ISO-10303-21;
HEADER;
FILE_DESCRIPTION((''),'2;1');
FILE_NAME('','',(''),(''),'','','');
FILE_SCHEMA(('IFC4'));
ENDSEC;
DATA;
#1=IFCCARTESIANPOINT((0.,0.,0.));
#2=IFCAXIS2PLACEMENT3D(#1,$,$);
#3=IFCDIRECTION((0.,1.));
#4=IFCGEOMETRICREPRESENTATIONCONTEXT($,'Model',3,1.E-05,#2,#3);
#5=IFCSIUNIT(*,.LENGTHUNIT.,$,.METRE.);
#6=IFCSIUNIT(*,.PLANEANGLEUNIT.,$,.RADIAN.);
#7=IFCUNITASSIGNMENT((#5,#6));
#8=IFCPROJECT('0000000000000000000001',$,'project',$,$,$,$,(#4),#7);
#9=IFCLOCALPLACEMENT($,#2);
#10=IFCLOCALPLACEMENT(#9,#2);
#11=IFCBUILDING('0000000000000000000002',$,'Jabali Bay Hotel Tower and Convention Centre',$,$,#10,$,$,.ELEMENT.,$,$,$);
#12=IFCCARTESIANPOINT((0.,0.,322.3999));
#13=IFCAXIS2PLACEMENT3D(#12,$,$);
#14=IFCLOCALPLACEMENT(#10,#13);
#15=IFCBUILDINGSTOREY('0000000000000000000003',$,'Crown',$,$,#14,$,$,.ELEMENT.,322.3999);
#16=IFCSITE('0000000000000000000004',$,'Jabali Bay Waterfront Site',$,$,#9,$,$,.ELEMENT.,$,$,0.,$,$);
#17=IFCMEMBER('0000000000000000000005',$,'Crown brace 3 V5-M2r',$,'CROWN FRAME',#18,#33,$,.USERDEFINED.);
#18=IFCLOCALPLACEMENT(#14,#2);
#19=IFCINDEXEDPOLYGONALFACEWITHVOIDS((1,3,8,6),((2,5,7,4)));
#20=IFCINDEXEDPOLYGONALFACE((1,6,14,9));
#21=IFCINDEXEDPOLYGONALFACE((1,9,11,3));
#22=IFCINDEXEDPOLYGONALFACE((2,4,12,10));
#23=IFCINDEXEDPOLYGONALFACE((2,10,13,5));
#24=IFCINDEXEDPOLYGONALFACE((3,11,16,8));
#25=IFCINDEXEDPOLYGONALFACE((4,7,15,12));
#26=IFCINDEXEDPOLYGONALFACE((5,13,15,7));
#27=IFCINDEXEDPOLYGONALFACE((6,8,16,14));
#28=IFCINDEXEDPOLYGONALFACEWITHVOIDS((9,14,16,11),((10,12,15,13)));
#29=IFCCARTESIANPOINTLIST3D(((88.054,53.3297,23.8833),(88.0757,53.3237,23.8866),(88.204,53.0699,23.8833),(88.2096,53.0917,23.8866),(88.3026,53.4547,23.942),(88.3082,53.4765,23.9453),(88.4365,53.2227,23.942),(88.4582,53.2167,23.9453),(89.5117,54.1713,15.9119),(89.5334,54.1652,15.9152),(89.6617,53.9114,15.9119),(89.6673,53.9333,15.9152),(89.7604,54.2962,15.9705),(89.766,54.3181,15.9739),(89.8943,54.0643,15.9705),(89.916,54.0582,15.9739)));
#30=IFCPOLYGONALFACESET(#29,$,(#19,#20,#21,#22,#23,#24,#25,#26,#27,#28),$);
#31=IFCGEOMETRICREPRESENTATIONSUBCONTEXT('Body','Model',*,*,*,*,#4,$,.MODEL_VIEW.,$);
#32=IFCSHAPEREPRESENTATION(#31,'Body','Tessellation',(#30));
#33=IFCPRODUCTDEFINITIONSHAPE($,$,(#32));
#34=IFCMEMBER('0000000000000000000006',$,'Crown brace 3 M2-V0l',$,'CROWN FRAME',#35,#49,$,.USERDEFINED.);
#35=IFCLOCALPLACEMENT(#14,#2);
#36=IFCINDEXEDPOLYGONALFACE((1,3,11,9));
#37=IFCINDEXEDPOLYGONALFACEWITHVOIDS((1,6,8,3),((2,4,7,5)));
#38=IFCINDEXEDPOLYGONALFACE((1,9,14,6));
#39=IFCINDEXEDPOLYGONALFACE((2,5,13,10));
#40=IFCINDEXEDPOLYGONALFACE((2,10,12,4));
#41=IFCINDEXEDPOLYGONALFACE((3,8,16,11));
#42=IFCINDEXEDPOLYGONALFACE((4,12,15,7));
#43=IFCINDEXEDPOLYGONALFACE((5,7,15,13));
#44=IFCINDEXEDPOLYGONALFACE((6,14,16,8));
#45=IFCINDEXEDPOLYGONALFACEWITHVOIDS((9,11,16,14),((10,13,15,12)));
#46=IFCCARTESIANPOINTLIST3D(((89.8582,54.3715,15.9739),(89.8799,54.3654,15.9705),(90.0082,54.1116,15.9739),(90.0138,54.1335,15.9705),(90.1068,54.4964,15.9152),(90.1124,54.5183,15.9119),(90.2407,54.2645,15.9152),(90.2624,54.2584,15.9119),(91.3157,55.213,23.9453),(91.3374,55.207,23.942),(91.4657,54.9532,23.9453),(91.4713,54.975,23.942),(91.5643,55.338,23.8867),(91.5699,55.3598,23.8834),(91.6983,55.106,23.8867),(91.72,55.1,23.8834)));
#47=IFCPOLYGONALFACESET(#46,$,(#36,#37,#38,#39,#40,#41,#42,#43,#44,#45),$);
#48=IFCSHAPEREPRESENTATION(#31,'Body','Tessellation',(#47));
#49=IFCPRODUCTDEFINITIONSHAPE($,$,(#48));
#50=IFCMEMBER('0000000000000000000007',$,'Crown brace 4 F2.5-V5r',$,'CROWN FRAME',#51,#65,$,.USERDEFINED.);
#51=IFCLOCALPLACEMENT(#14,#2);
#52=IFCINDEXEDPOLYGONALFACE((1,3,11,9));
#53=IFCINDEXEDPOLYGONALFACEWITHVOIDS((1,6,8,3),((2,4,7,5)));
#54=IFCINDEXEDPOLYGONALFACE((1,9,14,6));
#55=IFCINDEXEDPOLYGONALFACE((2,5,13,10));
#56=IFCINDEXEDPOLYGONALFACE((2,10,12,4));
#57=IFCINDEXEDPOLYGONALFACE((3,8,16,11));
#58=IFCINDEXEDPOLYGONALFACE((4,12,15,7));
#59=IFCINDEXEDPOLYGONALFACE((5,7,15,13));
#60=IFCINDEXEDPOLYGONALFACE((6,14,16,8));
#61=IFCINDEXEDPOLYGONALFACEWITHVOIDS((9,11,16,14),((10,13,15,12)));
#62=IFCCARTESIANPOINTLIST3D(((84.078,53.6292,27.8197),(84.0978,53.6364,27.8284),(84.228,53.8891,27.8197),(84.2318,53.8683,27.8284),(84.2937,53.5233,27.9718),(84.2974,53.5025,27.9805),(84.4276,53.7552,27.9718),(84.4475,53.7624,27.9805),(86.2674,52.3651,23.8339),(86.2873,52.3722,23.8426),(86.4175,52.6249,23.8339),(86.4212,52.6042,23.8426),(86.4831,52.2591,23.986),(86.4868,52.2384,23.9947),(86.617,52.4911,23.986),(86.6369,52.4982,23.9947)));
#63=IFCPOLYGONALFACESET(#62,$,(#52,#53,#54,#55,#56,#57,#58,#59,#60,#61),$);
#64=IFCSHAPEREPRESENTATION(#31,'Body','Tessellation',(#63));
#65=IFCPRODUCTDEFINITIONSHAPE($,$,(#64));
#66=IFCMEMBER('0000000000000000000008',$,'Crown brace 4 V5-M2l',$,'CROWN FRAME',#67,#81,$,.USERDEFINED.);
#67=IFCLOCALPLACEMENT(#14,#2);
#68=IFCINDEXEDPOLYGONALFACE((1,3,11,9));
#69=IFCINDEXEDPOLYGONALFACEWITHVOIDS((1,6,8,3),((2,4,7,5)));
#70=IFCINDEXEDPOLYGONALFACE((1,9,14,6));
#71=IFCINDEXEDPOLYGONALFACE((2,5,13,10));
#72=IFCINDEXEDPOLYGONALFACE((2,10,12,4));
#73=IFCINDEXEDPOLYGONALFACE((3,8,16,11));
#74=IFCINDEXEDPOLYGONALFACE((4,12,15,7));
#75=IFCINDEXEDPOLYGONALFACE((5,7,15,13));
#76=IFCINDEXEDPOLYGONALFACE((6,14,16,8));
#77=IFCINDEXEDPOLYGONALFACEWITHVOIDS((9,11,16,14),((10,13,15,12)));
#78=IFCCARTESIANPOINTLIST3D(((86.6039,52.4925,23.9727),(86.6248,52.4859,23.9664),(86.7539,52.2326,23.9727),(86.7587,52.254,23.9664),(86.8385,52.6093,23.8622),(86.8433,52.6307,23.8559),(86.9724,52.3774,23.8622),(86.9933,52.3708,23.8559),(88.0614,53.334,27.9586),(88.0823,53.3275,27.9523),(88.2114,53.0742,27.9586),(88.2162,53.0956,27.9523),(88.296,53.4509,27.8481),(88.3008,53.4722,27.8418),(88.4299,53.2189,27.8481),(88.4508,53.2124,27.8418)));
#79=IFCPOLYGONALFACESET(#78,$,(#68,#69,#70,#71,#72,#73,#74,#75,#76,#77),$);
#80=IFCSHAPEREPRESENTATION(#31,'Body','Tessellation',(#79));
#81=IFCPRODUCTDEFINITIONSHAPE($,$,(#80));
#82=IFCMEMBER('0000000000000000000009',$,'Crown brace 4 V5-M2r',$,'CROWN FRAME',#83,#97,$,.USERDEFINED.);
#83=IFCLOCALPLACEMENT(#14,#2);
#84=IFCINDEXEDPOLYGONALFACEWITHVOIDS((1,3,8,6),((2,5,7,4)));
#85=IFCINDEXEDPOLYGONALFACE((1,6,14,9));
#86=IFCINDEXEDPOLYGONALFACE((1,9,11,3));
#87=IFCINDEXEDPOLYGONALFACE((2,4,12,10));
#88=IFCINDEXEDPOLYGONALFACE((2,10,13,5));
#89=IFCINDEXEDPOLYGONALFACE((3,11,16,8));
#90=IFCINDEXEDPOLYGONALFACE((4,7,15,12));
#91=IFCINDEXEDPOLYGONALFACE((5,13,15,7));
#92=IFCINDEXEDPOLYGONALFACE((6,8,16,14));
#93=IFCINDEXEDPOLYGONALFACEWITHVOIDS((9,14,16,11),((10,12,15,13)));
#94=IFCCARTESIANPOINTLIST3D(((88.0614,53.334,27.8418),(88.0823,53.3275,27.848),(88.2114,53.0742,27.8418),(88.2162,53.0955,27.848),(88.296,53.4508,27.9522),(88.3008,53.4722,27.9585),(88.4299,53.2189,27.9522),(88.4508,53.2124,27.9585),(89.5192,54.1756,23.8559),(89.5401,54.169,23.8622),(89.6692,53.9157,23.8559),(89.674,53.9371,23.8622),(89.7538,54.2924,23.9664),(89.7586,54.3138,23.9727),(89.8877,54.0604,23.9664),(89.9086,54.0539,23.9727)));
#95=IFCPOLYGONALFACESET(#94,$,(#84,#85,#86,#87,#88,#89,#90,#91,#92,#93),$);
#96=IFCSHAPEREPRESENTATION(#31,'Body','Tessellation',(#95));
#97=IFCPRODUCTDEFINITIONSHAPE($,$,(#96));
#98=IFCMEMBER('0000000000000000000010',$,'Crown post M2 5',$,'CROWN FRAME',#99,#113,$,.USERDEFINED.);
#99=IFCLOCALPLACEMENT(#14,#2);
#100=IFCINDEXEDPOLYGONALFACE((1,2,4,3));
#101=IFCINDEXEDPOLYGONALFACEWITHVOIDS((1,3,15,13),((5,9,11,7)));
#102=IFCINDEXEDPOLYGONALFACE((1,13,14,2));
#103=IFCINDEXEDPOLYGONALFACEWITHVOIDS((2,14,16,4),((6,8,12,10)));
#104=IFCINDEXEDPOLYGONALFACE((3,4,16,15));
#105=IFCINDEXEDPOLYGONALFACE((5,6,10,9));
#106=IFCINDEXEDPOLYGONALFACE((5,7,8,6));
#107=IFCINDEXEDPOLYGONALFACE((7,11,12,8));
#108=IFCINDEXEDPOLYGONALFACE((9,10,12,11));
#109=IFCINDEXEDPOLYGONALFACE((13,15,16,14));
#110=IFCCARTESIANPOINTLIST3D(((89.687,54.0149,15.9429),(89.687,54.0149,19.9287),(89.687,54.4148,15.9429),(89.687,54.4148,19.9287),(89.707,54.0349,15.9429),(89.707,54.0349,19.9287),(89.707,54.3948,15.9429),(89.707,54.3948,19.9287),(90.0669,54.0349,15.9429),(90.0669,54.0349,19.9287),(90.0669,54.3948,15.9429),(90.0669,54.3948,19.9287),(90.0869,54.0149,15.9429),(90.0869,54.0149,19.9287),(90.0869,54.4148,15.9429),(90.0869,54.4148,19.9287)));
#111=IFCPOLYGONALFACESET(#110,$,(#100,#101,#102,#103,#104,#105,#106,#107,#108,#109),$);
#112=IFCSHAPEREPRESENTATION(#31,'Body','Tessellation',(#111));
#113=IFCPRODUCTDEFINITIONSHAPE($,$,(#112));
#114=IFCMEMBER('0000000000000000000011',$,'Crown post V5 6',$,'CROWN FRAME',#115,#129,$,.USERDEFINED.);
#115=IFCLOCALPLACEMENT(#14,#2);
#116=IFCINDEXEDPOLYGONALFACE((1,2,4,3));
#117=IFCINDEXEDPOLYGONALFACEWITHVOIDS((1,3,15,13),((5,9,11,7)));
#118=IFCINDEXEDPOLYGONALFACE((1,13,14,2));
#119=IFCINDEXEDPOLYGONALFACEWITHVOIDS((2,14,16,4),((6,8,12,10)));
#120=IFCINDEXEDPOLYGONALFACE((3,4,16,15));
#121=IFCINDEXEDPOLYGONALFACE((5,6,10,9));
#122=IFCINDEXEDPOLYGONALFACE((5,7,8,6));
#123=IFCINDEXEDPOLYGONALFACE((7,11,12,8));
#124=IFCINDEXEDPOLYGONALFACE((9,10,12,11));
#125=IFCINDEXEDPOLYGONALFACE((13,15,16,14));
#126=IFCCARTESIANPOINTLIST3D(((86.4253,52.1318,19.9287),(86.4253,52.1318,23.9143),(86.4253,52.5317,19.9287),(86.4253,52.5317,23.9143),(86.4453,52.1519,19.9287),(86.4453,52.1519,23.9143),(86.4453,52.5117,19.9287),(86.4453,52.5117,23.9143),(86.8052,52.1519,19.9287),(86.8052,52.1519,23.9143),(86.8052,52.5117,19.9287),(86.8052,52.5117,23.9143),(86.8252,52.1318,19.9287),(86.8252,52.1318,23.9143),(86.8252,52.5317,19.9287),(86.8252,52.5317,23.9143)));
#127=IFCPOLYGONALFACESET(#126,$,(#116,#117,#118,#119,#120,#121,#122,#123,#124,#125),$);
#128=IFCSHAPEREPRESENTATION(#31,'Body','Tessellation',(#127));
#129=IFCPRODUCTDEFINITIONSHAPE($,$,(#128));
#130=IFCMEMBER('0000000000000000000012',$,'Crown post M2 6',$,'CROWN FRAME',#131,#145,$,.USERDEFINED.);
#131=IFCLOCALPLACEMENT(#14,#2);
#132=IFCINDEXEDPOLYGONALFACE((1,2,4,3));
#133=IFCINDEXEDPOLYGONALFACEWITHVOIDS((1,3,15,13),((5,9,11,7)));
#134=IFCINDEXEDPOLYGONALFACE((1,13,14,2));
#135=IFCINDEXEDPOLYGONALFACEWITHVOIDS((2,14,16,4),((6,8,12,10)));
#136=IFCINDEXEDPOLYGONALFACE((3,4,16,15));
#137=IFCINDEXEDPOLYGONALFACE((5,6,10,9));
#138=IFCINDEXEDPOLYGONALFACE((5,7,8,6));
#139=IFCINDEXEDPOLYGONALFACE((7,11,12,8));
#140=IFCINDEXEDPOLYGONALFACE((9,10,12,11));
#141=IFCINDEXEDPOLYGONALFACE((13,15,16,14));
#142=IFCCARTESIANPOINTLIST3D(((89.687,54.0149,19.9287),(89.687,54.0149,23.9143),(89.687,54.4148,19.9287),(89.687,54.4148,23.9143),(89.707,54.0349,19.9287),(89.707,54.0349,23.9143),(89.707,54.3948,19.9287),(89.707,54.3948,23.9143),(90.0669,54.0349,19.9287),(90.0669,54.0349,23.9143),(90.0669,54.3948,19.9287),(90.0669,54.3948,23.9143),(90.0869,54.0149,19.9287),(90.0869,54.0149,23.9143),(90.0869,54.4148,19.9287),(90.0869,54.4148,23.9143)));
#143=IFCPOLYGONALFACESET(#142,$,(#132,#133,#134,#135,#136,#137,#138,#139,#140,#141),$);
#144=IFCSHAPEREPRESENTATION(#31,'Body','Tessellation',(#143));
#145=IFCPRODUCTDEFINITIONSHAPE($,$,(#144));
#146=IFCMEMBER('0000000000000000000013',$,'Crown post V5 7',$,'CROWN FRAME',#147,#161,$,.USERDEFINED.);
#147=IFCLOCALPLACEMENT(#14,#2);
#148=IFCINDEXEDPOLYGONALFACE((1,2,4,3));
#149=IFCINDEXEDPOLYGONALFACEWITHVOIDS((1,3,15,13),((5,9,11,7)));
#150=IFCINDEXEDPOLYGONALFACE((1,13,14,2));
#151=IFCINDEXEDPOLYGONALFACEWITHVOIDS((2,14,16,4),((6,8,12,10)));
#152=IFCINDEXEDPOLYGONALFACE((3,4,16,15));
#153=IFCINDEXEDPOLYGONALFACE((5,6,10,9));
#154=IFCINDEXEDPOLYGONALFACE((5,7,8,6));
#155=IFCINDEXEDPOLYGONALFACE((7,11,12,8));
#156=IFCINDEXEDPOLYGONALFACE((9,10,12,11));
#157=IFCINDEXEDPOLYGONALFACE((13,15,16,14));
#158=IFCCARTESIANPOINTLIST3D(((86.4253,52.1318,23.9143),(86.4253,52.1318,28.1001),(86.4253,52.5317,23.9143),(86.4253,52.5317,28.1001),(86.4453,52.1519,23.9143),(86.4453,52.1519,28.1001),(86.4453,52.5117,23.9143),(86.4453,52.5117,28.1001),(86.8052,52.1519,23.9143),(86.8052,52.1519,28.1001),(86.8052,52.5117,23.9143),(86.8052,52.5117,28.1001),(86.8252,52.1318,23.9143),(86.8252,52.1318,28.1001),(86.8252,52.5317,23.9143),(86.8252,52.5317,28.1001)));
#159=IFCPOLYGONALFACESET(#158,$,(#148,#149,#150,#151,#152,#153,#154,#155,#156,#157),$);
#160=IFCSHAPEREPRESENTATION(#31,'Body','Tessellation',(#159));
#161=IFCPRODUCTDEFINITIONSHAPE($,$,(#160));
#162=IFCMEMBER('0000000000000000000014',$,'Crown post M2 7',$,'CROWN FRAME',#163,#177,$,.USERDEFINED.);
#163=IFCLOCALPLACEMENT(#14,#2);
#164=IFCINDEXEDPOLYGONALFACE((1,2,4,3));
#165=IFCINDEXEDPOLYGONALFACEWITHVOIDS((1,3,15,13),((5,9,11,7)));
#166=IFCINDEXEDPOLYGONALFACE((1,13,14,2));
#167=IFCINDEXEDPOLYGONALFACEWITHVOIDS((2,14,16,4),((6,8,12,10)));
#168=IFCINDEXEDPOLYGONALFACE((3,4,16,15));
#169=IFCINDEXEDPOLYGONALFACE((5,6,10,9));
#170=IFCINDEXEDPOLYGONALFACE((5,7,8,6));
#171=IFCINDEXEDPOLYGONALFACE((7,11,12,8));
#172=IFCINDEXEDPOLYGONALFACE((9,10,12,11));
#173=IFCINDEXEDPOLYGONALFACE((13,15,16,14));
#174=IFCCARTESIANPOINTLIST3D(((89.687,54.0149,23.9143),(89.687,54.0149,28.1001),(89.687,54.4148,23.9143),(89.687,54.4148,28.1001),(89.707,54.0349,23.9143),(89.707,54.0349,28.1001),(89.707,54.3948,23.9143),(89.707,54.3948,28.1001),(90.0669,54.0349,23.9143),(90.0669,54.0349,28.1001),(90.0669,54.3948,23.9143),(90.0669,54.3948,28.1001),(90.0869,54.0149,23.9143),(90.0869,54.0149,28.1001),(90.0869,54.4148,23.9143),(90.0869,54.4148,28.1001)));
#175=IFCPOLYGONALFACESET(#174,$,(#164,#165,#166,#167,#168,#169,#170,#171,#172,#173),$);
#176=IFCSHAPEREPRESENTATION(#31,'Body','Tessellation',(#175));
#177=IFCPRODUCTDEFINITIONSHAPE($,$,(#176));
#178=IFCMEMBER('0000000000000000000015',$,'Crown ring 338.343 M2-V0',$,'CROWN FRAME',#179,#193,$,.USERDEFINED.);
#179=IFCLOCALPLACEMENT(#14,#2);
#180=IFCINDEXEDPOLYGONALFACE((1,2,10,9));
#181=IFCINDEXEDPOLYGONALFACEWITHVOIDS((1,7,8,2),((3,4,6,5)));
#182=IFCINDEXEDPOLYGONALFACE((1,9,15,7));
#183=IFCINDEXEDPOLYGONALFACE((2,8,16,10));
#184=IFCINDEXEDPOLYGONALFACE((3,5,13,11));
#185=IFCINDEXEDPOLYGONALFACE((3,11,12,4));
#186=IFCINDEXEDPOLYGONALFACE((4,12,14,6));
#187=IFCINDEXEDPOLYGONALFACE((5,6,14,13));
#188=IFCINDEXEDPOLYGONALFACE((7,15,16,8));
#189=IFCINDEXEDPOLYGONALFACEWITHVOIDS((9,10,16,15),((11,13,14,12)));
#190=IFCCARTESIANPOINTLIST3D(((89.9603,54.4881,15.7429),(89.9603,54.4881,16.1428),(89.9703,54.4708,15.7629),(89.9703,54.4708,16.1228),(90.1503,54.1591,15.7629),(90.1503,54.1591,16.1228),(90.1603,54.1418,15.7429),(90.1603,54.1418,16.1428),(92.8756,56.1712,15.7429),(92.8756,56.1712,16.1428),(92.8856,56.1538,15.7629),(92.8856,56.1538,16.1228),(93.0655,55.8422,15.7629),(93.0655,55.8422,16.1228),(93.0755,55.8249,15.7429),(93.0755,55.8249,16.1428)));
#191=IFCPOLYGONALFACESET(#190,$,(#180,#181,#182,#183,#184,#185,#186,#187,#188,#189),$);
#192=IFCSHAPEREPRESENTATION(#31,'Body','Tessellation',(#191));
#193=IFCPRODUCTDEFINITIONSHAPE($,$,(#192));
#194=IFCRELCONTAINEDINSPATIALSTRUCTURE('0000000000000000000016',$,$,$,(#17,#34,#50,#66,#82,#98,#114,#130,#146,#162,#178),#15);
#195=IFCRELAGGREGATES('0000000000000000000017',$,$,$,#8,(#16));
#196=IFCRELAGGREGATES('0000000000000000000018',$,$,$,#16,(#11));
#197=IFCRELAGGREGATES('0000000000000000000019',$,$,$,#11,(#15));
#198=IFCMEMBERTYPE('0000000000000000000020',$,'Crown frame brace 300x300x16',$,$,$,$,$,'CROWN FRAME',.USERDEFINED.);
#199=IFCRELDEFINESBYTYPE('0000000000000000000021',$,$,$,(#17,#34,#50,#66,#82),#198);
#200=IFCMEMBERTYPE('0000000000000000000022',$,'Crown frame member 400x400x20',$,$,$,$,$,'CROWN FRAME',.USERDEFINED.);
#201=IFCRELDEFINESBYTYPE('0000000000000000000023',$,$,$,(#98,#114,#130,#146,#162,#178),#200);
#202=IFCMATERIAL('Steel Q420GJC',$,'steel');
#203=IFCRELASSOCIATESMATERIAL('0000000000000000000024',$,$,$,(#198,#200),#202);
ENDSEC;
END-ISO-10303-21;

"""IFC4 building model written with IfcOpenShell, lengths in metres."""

from ifc_helpers import new_model, si_unit, direction, frame, origin, origin_2d, place, context, subcontext, project, spatial, hollow_rectangle, extrude, material, material_profile, profile_set, type_object, element, save


model = new_model("IFC4")

# Units and contexts
model_context = context("Model", 3, precision=1e-05, world=origin(), true_north=direction((0.0, 1.0)))
body_context = subcontext(model_context, "Body", "Model", "MODEL_VIEW")
ifc_project = project(units=[si_unit("LENGTHUNIT", "METRE"), si_unit("PLANEANGLEUNIT", "RADIAN")], contexts=[model_context])

# Site, building, storey
site_placement = place(None, origin())
site = spatial("IfcSite", under=ifc_project, at=site_placement, Name="Jabali Bay Waterfront Site", CompositionType="ELEMENT", RefElevation=0.0)
building_placement = place(site_placement, origin())
building = spatial("IfcBuilding", under=site, at=building_placement, Name="Jabali Bay Hotel Tower and Convention Centre", CompositionType="ELEMENT")
storey_placement = place(building_placement, frame((0.0, 0.0, 322.3999)))
storey = spatial("IfcBuildingStorey", under=building, at=storey_placement, Name="Crown", CompositionType="ELEMENT", Elevation=322.3999)

# Members
ifc_material_1 = material(Name="Steel Q420GJC", Category="steel")
ifc_material_profile_1 = material_profile(ifc_material_1, hollow_rectangle(XDim=0.3, YDim=0.3, WallThickness=0.0161, at=origin_2d()), Name="Crown frame brace 300x300x16")
ifc_profile_set_1 = profile_set([ifc_material_profile_1], Name="Steel Q420GJC")
member_type_1 = type_object("IfcMemberType", Name="Crown frame brace 300x300x16", ElementType="CROWN FRAME", PredefinedType="USERDEFINED", material=ifc_profile_set_1)
for number, where, z_axis, x_axis, name in (
    (1, (89.7139, 54.1147, 15.9429), (-0.178928, -0.103293, 0.978425), (0.499961, -0.866048, 0.0), "Crown brace 3 V5-M2r"),
    (2, (90.0603, 54.3149, 15.9429), (0.178899, 0.103294, 0.97843), (-0.500024, 0.866012, 0.0), "Crown brace 3 M2-V0l"),
):
    element("IfcMember", number, at=place(storey_placement, frame(where, z_axis=z_axis, x_axis=x_axis)), inside=storey, type_object=member_type_1, Name=name, ObjectType="CROWN FRAME", PredefinedType="USERDEFINED", context=body_context, shape_type="SweptSolid", body=[
        extrude(hollow_rectangle(XDim=0.3, YDim=0.3, WallThickness=0.0161, at=origin_2d()), origin(), (0.0, 0.0, 1.0), 8.1472),
    ])
member_1_placement = place(storey_placement, frame((86.4521, 52.4316, 23.9143), z_axis=(-0.463864, 0.267829, 0.844451), x_axis=(-0.500023, -0.866012, 0.0)))
element("IfcMember", 3, at=member_1_placement, inside=storey, type_object=member_type_1, Name="Crown brace 4 F2.5-V5r", ObjectType="CROWN FRAME", PredefinedType="USERDEFINED", context=body_context, shape_type="SweptSolid", body=[
    extrude(hollow_rectangle(XDim=0.3, YDim=0.3, WallThickness=0.0161, at=origin_2d()), origin(), (0.0, 0.0, 1.0), 4.72),
])
for number, where, z_axis, x_axis, name in (
    (4, (86.7986, 52.4316, 23.9143), (0.336874, 0.194507, 0.92124), (-0.500024, 0.866012, 0.0), "Crown brace 4 V5-M2l"),
    (5, (89.7139, 54.1147, 23.9143), (-0.336924, -0.194503, 0.921223), (0.499961, -0.866048, 0.0), "Crown brace 4 V5-M2r"),
):
    element("IfcMember", number, at=place(storey_placement, frame(where, z_axis=z_axis, x_axis=x_axis)), inside=storey, type_object=member_type_1, Name=name, ObjectType="CROWN FRAME", PredefinedType="USERDEFINED", context=body_context, shape_type="SweptSolid", body=[
        extrude(hollow_rectangle(XDim=0.3, YDim=0.3, WallThickness=0.0161, at=origin_2d()), origin(), (0.0, 0.0, 1.0), 4.3267),
    ])
ifc_material_profile_2 = material_profile(ifc_material_1, hollow_rectangle(XDim=0.3999, YDim=0.3999, WallThickness=0.02, at=origin_2d()), Name="Crown frame member 400x400x20")
ifc_profile_set_2 = profile_set([ifc_material_profile_2], Name="Steel Q420GJC")
member_type_2 = type_object("IfcMemberType", Name="Crown frame member 400x400x20", ElementType="CROWN FRAME", PredefinedType="USERDEFINED", material=ifc_profile_set_2)
member_2_placement = place(storey_placement, frame((89.887, 54.2148, 15.9429), z_axis=(0.0, 0.0, 1.0), x_axis=(1.0, 0.0, 0.0)))
element("IfcMember", 6, at=member_2_placement, inside=storey, type_object=member_type_2, Name="Crown post M2 5", ObjectType="CROWN FRAME", PredefinedType="USERDEFINED", context=body_context, shape_type="SweptSolid", body=[
    extrude(hollow_rectangle(XDim=0.3999, YDim=0.3999, WallThickness=0.02, at=origin_2d()), origin(), (0.0, 0.0, 1.0), 3.9858),
])
for number, where, z_axis, x_axis, name in (
    (7, (86.6252, 52.3318, 19.9287), (0.0, 0.0, 1.0), (1.0, 0.0, 0.0), "Crown post V5 6"),
    (8, (89.887, 54.2148, 19.9287), (0.0, 0.0, 1.0), (1.0, 0.0, 0.0), "Crown post M2 6"),
):
    element("IfcMember", number, at=place(storey_placement, frame(where, z_axis=z_axis, x_axis=x_axis)), inside=storey, type_object=member_type_2, Name=name, ObjectType="CROWN FRAME", PredefinedType="USERDEFINED", context=body_context, shape_type="SweptSolid", body=[
        extrude(hollow_rectangle(XDim=0.3999, YDim=0.3999, WallThickness=0.02, at=origin_2d()), origin(), (0.0, 0.0, 1.0), 3.9856),
    ])
for number, where, z_axis, x_axis, name in (
    (9, (86.6252, 52.3318, 23.9143), (0.0, 0.0, 1.0), (1.0, 0.0, 0.0), "Crown post V5 7"),
    (10, (89.887, 54.2148, 23.9143), (0.0, 0.0, 1.0), (1.0, 0.0, 0.0), "Crown post M2 7"),
):
    element("IfcMember", number, at=place(storey_placement, frame(where, z_axis=z_axis, x_axis=x_axis)), inside=storey, type_object=member_type_2, Name=name, ObjectType="CROWN FRAME", PredefinedType="USERDEFINED", context=body_context, shape_type="SweptSolid", body=[
        extrude(hollow_rectangle(XDim=0.3999, YDim=0.3999, WallThickness=0.02, at=origin_2d()), origin(), (0.0, 0.0, 1.0), 4.1858),
    ])
member_3_placement = place(storey_placement, frame((90.0603, 54.3149, 15.9429), z_axis=(0.86603, 0.499992, 0.0), x_axis=(-0.499992, 0.86603, 0.0)))
element("IfcMember", 11, at=member_3_placement, inside=storey, type_object=member_type_2, Name="Crown ring 338.343 M2-V0", ObjectType="CROWN FRAME", PredefinedType="USERDEFINED", context=body_context, shape_type="SweptSolid", body=[
    extrude(hollow_rectangle(XDim=0.3999, YDim=0.3999, WallThickness=0.02, at=origin_2d()), origin(), (0.0, 0.0, 1.0), 3.3662),
])

save(model, "model.ifc")
